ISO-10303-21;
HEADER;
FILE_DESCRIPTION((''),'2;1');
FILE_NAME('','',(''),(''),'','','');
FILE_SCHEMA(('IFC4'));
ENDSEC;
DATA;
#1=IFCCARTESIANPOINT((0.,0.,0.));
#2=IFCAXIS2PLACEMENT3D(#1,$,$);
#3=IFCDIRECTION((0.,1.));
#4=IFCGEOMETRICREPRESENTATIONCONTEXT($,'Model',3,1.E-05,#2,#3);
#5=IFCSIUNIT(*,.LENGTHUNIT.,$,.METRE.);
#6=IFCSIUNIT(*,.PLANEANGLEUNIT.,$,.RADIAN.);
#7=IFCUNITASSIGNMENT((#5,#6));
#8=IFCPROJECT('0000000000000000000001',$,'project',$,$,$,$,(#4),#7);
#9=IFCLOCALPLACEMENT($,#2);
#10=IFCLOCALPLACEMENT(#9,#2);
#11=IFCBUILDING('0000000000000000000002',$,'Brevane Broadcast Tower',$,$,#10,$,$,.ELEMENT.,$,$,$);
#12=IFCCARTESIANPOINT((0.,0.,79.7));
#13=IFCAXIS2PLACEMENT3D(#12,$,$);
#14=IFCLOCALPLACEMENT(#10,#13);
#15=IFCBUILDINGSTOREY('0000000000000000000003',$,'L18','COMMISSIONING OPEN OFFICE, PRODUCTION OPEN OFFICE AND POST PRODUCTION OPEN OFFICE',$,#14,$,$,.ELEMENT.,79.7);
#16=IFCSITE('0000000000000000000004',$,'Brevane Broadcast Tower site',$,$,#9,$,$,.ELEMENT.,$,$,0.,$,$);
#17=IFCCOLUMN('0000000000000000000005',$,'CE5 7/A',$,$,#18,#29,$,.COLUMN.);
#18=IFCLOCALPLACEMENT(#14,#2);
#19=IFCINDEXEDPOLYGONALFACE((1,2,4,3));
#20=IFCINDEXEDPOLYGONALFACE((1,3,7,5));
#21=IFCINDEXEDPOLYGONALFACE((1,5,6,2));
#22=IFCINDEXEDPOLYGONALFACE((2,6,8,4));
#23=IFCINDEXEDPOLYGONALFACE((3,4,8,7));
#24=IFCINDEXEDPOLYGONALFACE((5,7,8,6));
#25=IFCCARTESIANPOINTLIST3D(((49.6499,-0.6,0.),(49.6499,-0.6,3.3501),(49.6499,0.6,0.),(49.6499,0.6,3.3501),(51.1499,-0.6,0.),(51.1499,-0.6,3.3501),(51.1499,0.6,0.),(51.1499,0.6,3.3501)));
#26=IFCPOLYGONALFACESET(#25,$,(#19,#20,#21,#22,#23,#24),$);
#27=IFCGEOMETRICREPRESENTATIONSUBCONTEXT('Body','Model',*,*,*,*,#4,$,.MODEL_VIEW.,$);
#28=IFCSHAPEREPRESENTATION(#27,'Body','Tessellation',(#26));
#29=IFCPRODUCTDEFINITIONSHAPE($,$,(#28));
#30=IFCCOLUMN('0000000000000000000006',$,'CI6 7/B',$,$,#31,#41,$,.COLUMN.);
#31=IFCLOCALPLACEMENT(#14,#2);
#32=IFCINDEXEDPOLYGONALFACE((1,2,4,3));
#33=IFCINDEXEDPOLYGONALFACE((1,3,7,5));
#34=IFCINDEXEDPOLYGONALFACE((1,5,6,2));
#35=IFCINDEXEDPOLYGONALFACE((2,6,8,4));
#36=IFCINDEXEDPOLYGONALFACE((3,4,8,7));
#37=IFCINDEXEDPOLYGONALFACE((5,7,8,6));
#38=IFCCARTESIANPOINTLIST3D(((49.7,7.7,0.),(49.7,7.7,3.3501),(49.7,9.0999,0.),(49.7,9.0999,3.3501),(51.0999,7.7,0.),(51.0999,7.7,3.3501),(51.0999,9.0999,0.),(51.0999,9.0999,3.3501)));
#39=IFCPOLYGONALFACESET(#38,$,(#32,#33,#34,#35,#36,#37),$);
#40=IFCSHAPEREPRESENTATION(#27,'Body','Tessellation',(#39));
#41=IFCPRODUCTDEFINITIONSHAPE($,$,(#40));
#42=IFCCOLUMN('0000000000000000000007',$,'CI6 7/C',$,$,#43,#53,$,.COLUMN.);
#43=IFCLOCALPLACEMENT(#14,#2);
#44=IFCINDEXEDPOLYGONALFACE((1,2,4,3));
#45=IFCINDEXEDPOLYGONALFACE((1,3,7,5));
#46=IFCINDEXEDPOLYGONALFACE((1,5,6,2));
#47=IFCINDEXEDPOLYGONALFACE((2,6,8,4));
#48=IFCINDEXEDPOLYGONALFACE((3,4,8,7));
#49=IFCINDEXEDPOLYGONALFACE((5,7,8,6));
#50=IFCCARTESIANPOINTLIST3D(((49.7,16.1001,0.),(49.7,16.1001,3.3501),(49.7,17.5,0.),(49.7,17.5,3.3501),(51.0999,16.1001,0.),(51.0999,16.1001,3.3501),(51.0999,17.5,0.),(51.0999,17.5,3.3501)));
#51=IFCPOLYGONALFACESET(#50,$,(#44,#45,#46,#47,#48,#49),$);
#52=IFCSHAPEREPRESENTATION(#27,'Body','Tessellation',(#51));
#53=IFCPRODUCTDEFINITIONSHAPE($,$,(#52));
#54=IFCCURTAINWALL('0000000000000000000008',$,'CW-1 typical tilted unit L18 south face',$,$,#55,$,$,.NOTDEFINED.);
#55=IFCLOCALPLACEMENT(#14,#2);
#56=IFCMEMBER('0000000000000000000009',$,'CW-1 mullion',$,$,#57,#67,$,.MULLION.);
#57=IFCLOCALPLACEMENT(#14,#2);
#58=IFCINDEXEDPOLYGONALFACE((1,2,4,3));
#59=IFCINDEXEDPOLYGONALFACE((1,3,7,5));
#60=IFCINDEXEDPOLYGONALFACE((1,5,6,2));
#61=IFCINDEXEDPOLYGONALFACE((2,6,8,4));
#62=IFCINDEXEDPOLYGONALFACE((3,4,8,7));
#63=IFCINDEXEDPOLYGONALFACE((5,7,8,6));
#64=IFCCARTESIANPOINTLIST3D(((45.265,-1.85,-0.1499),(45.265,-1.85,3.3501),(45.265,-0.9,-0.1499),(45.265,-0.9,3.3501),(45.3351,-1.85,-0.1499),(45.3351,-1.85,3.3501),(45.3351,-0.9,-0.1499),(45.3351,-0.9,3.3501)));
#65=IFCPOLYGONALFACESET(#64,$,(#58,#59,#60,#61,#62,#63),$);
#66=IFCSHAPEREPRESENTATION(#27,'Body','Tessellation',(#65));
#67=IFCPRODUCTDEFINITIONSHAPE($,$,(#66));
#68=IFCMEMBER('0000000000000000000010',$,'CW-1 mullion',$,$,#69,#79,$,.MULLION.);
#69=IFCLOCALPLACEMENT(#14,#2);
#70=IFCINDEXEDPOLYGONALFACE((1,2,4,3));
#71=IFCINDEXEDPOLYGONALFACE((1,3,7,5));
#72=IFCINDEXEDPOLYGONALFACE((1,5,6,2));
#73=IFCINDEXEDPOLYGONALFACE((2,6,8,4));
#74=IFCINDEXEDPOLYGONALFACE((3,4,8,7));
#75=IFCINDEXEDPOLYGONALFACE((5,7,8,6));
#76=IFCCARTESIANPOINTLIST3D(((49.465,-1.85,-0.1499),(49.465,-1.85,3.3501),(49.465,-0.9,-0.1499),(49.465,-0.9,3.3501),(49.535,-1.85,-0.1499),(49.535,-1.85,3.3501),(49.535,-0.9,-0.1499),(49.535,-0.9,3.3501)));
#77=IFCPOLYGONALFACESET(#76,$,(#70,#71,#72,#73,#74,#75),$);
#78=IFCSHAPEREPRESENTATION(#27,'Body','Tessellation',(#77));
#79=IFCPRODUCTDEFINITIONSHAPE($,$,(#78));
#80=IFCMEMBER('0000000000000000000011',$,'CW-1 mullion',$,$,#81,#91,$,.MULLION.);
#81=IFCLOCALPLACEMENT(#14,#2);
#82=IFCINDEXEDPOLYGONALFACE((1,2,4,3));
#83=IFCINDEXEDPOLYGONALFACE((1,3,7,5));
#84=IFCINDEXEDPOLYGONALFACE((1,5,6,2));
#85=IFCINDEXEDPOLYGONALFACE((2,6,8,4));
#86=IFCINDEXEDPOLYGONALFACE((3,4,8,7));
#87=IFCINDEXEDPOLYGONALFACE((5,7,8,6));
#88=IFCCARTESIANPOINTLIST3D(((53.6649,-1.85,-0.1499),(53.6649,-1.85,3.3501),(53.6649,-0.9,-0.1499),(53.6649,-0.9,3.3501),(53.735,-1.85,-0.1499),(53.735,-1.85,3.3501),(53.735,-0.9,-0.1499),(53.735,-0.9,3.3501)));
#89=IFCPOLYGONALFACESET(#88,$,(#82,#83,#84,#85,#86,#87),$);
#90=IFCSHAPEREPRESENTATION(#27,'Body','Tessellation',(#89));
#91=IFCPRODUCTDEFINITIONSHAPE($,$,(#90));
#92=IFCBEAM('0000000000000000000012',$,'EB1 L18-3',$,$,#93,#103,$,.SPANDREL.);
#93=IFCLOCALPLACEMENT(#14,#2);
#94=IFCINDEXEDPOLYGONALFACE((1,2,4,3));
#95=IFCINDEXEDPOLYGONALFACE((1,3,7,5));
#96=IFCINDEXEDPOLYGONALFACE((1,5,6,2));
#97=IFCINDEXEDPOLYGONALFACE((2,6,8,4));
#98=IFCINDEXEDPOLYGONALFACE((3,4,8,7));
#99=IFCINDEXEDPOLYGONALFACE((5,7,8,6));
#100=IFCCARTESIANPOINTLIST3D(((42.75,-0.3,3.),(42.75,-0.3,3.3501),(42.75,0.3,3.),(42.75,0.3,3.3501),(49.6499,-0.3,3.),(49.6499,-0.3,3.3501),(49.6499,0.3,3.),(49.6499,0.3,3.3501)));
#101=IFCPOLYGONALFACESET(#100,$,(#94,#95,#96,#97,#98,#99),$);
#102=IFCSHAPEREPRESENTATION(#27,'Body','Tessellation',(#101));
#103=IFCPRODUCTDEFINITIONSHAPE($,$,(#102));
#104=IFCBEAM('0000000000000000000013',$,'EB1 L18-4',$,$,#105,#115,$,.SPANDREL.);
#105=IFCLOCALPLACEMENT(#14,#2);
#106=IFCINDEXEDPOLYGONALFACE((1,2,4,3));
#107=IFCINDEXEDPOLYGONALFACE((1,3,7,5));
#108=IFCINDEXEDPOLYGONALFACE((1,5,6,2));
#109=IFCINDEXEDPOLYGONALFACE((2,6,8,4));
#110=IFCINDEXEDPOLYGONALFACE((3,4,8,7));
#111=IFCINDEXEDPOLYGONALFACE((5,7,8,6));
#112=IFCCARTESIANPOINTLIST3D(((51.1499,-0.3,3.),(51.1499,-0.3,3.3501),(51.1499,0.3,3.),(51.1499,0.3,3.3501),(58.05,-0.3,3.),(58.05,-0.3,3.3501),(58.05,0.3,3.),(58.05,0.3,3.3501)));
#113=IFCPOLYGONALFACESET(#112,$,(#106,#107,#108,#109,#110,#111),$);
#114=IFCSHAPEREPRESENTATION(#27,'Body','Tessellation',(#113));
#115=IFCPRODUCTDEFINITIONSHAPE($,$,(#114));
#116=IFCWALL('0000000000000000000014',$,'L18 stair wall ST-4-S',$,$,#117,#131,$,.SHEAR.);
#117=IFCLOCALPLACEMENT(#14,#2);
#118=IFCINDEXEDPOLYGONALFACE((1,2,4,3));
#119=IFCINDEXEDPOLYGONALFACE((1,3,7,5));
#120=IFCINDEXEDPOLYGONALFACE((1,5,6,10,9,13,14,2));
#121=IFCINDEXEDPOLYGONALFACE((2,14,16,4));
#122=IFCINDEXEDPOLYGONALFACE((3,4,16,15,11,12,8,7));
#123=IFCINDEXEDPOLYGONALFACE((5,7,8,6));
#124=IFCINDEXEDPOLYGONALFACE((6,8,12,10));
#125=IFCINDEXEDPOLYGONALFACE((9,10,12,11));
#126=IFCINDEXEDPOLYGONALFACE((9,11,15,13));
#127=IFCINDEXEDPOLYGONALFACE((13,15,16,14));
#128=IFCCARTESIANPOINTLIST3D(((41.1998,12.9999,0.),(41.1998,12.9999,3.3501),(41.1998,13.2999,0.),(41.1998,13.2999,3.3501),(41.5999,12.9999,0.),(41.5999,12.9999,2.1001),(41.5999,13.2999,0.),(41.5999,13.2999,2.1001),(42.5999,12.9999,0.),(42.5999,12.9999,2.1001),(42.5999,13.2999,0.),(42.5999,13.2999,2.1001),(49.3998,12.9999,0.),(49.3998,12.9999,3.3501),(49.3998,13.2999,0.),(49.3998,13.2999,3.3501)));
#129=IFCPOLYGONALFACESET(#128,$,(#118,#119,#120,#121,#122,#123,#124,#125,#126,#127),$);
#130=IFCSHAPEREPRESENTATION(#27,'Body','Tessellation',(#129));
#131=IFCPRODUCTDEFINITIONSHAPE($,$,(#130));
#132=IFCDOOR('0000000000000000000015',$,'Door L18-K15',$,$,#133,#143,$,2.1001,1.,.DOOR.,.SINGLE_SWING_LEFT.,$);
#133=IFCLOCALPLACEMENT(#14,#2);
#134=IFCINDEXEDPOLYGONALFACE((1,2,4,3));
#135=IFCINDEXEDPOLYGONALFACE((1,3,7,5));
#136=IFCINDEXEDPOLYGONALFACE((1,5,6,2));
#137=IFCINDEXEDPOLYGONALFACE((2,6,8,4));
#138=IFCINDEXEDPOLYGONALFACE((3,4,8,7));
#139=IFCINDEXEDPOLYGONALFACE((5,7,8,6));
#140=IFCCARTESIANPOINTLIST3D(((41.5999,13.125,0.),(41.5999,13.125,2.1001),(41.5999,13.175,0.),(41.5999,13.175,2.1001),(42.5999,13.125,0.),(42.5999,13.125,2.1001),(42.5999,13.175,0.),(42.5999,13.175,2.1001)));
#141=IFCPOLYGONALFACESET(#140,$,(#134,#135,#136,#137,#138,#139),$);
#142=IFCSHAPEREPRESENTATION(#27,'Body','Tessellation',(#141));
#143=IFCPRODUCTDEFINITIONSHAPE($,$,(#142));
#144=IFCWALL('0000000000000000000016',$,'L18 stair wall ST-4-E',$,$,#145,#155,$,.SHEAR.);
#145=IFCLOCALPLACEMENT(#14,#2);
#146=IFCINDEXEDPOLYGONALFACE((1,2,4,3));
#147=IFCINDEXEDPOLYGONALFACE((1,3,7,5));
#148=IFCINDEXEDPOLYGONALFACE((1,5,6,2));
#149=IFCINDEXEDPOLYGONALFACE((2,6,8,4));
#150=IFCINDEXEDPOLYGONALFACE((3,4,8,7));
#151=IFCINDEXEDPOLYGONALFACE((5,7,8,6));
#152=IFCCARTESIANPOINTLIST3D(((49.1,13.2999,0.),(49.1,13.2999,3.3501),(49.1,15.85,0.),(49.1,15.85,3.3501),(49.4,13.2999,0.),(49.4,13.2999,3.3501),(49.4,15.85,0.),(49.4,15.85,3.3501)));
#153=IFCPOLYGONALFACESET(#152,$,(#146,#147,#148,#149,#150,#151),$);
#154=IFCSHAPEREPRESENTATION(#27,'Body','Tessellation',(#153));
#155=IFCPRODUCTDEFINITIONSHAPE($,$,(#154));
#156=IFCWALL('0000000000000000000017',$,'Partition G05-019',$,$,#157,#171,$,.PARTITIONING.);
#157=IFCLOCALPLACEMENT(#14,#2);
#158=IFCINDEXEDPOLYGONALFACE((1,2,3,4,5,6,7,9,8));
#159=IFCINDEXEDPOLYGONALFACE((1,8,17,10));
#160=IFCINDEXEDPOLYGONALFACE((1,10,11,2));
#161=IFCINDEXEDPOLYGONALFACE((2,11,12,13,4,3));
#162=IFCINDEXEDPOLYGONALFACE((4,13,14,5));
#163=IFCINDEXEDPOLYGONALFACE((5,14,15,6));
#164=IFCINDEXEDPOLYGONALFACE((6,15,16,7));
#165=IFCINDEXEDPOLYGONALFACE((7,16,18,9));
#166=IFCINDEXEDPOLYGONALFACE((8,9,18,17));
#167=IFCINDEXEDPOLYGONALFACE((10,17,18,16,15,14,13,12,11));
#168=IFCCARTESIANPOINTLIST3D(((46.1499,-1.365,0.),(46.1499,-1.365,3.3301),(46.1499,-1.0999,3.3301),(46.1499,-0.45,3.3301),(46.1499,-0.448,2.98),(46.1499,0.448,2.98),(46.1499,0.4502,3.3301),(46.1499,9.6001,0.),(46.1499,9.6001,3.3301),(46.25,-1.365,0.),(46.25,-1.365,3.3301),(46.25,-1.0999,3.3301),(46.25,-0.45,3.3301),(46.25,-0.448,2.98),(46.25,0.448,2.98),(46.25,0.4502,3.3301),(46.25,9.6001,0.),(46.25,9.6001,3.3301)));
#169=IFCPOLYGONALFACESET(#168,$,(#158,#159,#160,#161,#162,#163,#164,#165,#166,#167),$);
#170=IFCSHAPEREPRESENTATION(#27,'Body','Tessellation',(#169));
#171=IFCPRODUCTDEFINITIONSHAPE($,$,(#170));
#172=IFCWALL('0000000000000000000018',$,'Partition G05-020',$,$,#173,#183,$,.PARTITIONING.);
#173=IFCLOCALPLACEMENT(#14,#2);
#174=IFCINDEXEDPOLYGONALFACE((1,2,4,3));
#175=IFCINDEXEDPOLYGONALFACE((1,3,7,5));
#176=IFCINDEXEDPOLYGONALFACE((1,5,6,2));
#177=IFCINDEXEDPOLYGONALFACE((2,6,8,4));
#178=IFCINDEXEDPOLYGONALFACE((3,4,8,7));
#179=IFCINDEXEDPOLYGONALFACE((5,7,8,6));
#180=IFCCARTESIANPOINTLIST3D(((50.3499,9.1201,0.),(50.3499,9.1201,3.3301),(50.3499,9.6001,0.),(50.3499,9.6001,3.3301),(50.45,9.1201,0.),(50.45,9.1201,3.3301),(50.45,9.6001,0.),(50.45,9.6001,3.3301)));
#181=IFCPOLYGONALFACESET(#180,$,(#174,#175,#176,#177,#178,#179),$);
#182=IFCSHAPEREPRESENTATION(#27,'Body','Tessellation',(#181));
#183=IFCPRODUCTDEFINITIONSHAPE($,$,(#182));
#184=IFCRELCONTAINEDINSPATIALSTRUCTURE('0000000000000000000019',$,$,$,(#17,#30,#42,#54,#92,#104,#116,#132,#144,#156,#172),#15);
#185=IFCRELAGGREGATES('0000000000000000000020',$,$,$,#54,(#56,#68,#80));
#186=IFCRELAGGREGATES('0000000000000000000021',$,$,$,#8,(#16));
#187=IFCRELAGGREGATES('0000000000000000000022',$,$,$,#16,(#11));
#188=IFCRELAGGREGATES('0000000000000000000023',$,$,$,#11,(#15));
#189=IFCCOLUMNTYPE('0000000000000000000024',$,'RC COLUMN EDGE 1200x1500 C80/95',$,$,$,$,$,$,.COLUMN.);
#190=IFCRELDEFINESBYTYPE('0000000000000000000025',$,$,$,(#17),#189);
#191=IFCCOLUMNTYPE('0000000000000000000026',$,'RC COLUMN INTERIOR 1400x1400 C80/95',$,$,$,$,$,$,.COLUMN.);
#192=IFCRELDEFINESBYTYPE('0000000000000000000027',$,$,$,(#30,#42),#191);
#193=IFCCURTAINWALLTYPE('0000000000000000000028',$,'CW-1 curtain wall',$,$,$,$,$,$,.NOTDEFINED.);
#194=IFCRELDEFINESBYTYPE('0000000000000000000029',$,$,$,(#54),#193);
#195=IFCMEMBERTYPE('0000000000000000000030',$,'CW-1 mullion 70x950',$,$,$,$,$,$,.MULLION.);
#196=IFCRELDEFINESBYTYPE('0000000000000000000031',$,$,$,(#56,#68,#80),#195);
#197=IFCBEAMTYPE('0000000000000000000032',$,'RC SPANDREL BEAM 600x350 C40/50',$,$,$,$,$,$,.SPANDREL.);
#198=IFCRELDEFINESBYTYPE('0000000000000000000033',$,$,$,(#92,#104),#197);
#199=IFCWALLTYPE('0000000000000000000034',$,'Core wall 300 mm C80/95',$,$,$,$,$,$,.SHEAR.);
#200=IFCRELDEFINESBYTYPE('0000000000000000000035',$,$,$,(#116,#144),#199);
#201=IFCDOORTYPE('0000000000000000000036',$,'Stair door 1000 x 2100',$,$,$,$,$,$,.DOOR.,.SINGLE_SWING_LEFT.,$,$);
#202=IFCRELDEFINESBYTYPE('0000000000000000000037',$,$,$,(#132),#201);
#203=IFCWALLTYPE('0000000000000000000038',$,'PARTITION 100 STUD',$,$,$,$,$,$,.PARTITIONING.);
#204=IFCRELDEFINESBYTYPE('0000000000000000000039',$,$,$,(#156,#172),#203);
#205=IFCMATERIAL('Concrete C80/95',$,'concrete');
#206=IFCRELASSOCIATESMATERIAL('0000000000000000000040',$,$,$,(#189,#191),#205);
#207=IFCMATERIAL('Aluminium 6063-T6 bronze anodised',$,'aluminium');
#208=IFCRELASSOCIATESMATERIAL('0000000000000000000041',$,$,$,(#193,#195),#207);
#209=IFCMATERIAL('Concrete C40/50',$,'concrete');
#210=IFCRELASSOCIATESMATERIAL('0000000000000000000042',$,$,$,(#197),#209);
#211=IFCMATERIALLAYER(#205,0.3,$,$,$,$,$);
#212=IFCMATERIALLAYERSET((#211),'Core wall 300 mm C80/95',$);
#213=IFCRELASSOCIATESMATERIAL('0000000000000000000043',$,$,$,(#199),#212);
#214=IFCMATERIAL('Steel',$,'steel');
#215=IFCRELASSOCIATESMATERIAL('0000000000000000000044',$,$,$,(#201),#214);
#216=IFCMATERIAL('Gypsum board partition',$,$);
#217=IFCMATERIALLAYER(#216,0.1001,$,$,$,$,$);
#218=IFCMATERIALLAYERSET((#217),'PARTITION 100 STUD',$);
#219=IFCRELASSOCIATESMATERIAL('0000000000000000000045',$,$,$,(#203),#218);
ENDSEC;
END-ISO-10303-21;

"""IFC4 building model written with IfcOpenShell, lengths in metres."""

from ifc_helpers import new_model, si_unit, direction, frame, frame_2d, origin, origin_2d, place, context, subcontext, project, spatial, polyline, rectangle, outline, extrude, material, layer, layer_set, material_profile, profile_set, type_object, element, fill, aggregate, save


model = new_model("IFC4")

# Units and contexts
model_context = context("Model", 3, precision=1e-05, world=origin(), true_north=direction((0.0, 1.0)))
body_context = subcontext(model_context, "Body", "Model", "MODEL_VIEW")
ifc_project = project(units=[si_unit("LENGTHUNIT", "METRE"), si_unit("PLANEANGLEUNIT", "RADIAN")], contexts=[model_context])

# Site, building, storey
site_placement = place(None, origin())
site = spatial("IfcSite", under=ifc_project, at=site_placement, Name="Brevane Broadcast Tower site", CompositionType="ELEMENT", RefElevation=0.0)
building_placement = place(site_placement, origin())
building = spatial("IfcBuilding", under=site, at=building_placement, Name="Brevane Broadcast Tower", CompositionType="ELEMENT")
storey_placement = place(building_placement, frame((0.0, 0.0, 79.7)))
storey = spatial("IfcBuildingStorey", under=building, at=storey_placement, Name="L18", Description="COMMISSIONING OPEN OFFICE, PRODUCTION OPEN OFFICE AND POST PRODUCTION OPEN OFFICE", CompositionType="ELEMENT", Elevation=79.7)

# Columns
ifc_material_1 = material(Name="Concrete C80/95", Category="concrete")
ifc_material_profile_1 = material_profile(ifc_material_1, rectangle(XDim=1.2, YDim=1.5, at=origin_2d()), Name="RC 1200x1500")
ifc_profile_set_1 = profile_set([ifc_material_profile_1], Name="Concrete C80/95")
column_type_1 = type_object("IfcColumnType", Name="RC COLUMN EDGE 1200x1500 C80/95", PredefinedType="COLUMN", material=ifc_profile_set_1)
column_placement = place(storey_placement, frame((50.3999, 0.0, 0.0), z_axis=(0.0, 0.0, 1.0), x_axis=(0.0, 1.0, 0.0)))
element("IfcColumn", 1, at=column_placement, inside=storey, type_object=column_type_1, Name="CE5 7/A", PredefinedType="COLUMN", context=body_context, shape_type="SweptSolid", body=[
    extrude(rectangle(XDim=1.2, YDim=1.5, at=origin_2d()), origin(), (0.0, 0.0, 1.0), 3.3501),
])
ifc_material_profile_2 = material_profile(ifc_material_1, rectangle(XDim=1.3999, YDim=1.3999, at=origin_2d()), Name="RC 1400x1400")
ifc_profile_set_2 = profile_set([ifc_material_profile_2], Name="Concrete C80/95")
column_type_2 = type_object("IfcColumnType", Name="RC COLUMN INTERIOR 1400x1400 C80/95", PredefinedType="COLUMN", material=ifc_profile_set_2)
for number, where, z_axis, x_axis, name in (
    (2, (50.3999, 8.3999, 0.0), (0.0, 0.0, 1.0), (1.0, 0.0, 0.0), "CI6 7/B"),
    (3, (50.3999, 16.8, 0.0), (0.0, 0.0, 1.0), (1.0, 0.0, 0.0), "CI6 7/C"),
):
    element("IfcColumn", number, at=place(storey_placement, frame(where, z_axis=z_axis, x_axis=x_axis)), inside=storey, type_object=column_type_2, Name=name, PredefinedType="COLUMN", context=body_context, shape_type="SweptSolid", body=[
        extrude(rectangle(XDim=1.3999, YDim=1.3999, at=origin_2d()), origin(), (0.0, 0.0, 1.0), 3.3501),
    ])

# Curtain wall, members
ifc_material_2 = material(Name="Aluminium 6063-T6 bronze anodised", Category="aluminium")
curtain_wall_type = type_object("IfcCurtainWallType", Name="CW-1 curtain wall", PredefinedType="NOTDEFINED", material=ifc_material_2)
curtain_wall_placement = place(storey_placement, origin())
curtain_wall = element("IfcCurtainWall", 4, at=curtain_wall_placement, inside=storey, type_object=curtain_wall_type, Name="CW-1 typical tilted unit L18 south face", PredefinedType="NOTDEFINED")
ifc_material_profile_3 = material_profile(ifc_material_2, rectangle(XDim=0.95, YDim=0.0701, at=origin_2d()), Name="RECT 70x950")
ifc_profile_set_3 = profile_set([ifc_material_profile_3], Name="Aluminium 6063-T6 bronze anodised")
member_type = type_object("IfcMemberType", Name="CW-1 mullion 70x950", PredefinedType="MULLION", material=ifc_profile_set_3)
member_1_placement = place(storey_placement, frame((45.3, -1.375, -0.1499), z_axis=(0.0, 0.0, 1.0), x_axis=(0.0, 1.0, 0.0)))
member_1 = element("IfcMember", 5, at=member_1_placement, type_object=member_type, Name="CW-1 mullion", PredefinedType="MULLION", context=body_context, shape_type="SweptSolid", body=[
    extrude(rectangle(XDim=0.95, YDim=0.0701, at=origin_2d()), origin(), (0.0, 0.0, 1.0), 3.5),
])
member_2_placement = place(storey_placement, frame((49.5, -1.375, -0.1499), z_axis=(0.0, 0.0, 1.0), x_axis=(0.0, 1.0, 0.0)))
member_2 = element("IfcMember", 6, at=member_2_placement, type_object=member_type, Name="CW-1 mullion", PredefinedType="MULLION", context=body_context, shape_type="SweptSolid", body=[
    extrude(rectangle(XDim=0.95, YDim=0.0701, at=origin_2d()), origin(), (0.0, 0.0, 1.0), 3.5),
])
member_3_placement = place(storey_placement, frame((53.7, -1.375, -0.1499), z_axis=(0.0, 0.0, 1.0), x_axis=(0.0, 1.0, 0.0)))
member_3 = element("IfcMember", 7, at=member_3_placement, type_object=member_type, Name="CW-1 mullion", PredefinedType="MULLION", context=body_context, shape_type="SweptSolid", body=[
    extrude(rectangle(XDim=0.95, YDim=0.0701, at=origin_2d()), origin(), (0.0, 0.0, 1.0), 3.5),
])
aggregate(curtain_wall, [member_1, member_2, member_3])

# Beams
ifc_material_3 = material(Name="Concrete C40/50", Category="concrete")
ifc_material_profile_4 = material_profile(ifc_material_3, rectangle(XDim=0.6001, YDim=0.3501, at=origin_2d()), Name="RC 600x350")
ifc_profile_set_4 = profile_set([ifc_material_profile_4], Name="Concrete C40/50")
beam_type = type_object("IfcBeamType", Name="RC SPANDREL BEAM 600x350 C40/50", PredefinedType="SPANDREL", material=ifc_profile_set_4)
beam_1_placement = place(storey_placement, frame((42.75, 0.0, 3.175), z_axis=(1.0, 0.0, 0.0), x_axis=(0.0, 1.0, 0.0)))
element("IfcBeam", 8, at=beam_1_placement, inside=storey, type_object=beam_type, Name="EB1 L18-3", PredefinedType="SPANDREL", context=body_context, shape_type="SweptSolid", body=[
    extrude(rectangle(XDim=0.6001, YDim=0.3501, at=origin_2d()), origin(), (0.0, 0.0, 1.0), 6.8999),
])
beam_2_placement = place(storey_placement, frame((51.1499, 0.0, 3.175), z_axis=(1.0, 0.0, 0.0), x_axis=(0.0, 1.0, 0.0)))
element("IfcBeam", 9, at=beam_2_placement, inside=storey, type_object=beam_type, Name="EB1 L18-4", PredefinedType="SPANDREL", context=body_context, shape_type="SweptSolid", body=[
    extrude(rectangle(XDim=0.6001, YDim=0.3501, at=origin_2d()), origin(), (0.0, 0.0, 1.0), 6.9001),
])

# Wall, opening, door
ifc_layer_1 = layer(ifc_material_1, 0.3)
ifc_layer_set_1 = layer_set([ifc_layer_1], Name="Core wall 300 mm C80/95")
wall_type_1 = type_object("IfcWallType", Name="Core wall 300 mm C80/95", PredefinedType="SHEAR", material=ifc_layer_set_1)
wall_1_placement = place(storey_placement, frame((49.3999, 13.1499, 0.0), z_axis=(0.0, 0.0, 1.0), x_axis=(-1.0, 0.0, 0.0)))
wall_1 = element("IfcWall", 10, at=wall_1_placement, inside=storey, type_object=wall_type_1, Name="L18 stair wall ST-4-S", PredefinedType="SHEAR", context=body_context, shape_type="SweptSolid", body=[
    extrude(rectangle(XDim=8.2, YDim=0.3, at=frame_2d((4.1001, 0.0))), origin(), (0.0, 0.0, 1.0), 3.3501),
])
opening_1_placement = place(wall_1_placement, frame((6.8, 0.0, 0.0)))
opening_1 = element("IfcOpeningElement", 11, at=opening_1_placement, cuts=wall_1, PredefinedType="OPENING", context=body_context, shape_type="SweptSolid", body=[
    extrude(rectangle(XDim=1.0, YDim=2.1001, at=frame_2d((0.5, 1.05))), frame((0.0, 0.1599, 0.0), z_axis=(0.0, -1.0, 0.0), x_axis=(1.0, 0.0, 0.0)), (0.0, 0.0, 1.0), 0.3201),
])
ifc_material_4 = material(Name="Steel", Category="steel")
door_type_1 = type_object("IfcDoorType", Name="Stair door 1000 x 2100", OperationType="SINGLE_SWING_LEFT", PredefinedType="DOOR", material=ifc_material_4)
door_1_placement = place(opening_1_placement, origin())
door_1 = element("IfcDoor", 12, at=door_1_placement, inside=storey, type_object=door_type_1, Name="Door L18-K15", OperationType="SINGLE_SWING_LEFT", OverallHeight=2.1001, OverallWidth=1.0, PredefinedType="DOOR", context=body_context, shape_type="SweptSolid", body=[
    extrude(rectangle(XDim=1.0, YDim=2.1001, at=frame_2d((0.5, 1.05))), frame((0.0, 0.0249, 0.0), z_axis=(0.0, -1.0, 0.0), x_axis=(1.0, 0.0, 0.0)), (0.0, 0.0, 1.0), 0.05),
])
fill(opening_1, door_1)

# Walls
wall_2_placement = place(storey_placement, frame((49.25, 13.3, 0.0), z_axis=(0.0, 0.0, 1.0), x_axis=(0.0, 1.0, 0.0)))
element("IfcWall", 13, at=wall_2_placement, inside=storey, type_object=wall_type_1, Name="L18 stair wall ST-4-E", PredefinedType="SHEAR", context=body_context, shape_type="SweptSolid", body=[
    extrude(rectangle(XDim=2.55, YDim=0.3, at=frame_2d((1.2749, 0.0))), origin(), (0.0, 0.0, 1.0), 3.3501),
])
ifc_material_5 = material(Name="Gypsum board partition")
ifc_layer_2 = layer(ifc_material_5, 0.1001)
ifc_layer_set_2 = layer_set([ifc_layer_2], Name="PARTITION 100 STUD")
wall_type_2 = type_object("IfcWallType", Name="PARTITION 100 STUD", PredefinedType="PARTITIONING", material=ifc_layer_set_2)
wall_3_placement = place(storey_placement, frame((46.2, 9.6001, 0.0), z_axis=(0.0, 0.0, 1.0), x_axis=(0.0, -1.0, 0.0)))
element("IfcWall", 14, at=wall_3_placement, inside=storey, type_object=wall_type_2, Name="Partition G05-019", PredefinedType="PARTITIONING", context=body_context, shape_type="SweptSolid", body=[
    extrude(outline(polyline([(0.0, 0.0), (10.9651, 0.0), (10.9651, 3.3301), (10.7, 3.3301), (10.05, 3.3301), (10.0481, 2.98), (9.1521, 2.98), (9.1499, 3.3301), (0.0, 3.3301), (0.0, 0.0)])), frame((0.0, 0.05, 0.0), z_axis=(0.0, -1.0, 0.0), x_axis=(1.0, 0.0, 0.0)), (0.0, 0.0, 1.0), 0.1001),
])
wall_4_placement = place(storey_placement, frame((50.3999, 9.6001, 0.0), z_axis=(0.0, 0.0, 1.0), x_axis=(0.0, -1.0, 0.0)))
element("IfcWall", 15, at=wall_4_placement, inside=storey, type_object=wall_type_2, Name="Partition G05-020", PredefinedType="PARTITIONING", context=body_context, shape_type="SweptSolid", body=[
    extrude(rectangle(XDim=0.48, YDim=0.1001, at=frame_2d((0.24, 0.0))), origin(), (0.0, 0.0, 1.0), 3.3301),
])

save(model, "model.ifc")
